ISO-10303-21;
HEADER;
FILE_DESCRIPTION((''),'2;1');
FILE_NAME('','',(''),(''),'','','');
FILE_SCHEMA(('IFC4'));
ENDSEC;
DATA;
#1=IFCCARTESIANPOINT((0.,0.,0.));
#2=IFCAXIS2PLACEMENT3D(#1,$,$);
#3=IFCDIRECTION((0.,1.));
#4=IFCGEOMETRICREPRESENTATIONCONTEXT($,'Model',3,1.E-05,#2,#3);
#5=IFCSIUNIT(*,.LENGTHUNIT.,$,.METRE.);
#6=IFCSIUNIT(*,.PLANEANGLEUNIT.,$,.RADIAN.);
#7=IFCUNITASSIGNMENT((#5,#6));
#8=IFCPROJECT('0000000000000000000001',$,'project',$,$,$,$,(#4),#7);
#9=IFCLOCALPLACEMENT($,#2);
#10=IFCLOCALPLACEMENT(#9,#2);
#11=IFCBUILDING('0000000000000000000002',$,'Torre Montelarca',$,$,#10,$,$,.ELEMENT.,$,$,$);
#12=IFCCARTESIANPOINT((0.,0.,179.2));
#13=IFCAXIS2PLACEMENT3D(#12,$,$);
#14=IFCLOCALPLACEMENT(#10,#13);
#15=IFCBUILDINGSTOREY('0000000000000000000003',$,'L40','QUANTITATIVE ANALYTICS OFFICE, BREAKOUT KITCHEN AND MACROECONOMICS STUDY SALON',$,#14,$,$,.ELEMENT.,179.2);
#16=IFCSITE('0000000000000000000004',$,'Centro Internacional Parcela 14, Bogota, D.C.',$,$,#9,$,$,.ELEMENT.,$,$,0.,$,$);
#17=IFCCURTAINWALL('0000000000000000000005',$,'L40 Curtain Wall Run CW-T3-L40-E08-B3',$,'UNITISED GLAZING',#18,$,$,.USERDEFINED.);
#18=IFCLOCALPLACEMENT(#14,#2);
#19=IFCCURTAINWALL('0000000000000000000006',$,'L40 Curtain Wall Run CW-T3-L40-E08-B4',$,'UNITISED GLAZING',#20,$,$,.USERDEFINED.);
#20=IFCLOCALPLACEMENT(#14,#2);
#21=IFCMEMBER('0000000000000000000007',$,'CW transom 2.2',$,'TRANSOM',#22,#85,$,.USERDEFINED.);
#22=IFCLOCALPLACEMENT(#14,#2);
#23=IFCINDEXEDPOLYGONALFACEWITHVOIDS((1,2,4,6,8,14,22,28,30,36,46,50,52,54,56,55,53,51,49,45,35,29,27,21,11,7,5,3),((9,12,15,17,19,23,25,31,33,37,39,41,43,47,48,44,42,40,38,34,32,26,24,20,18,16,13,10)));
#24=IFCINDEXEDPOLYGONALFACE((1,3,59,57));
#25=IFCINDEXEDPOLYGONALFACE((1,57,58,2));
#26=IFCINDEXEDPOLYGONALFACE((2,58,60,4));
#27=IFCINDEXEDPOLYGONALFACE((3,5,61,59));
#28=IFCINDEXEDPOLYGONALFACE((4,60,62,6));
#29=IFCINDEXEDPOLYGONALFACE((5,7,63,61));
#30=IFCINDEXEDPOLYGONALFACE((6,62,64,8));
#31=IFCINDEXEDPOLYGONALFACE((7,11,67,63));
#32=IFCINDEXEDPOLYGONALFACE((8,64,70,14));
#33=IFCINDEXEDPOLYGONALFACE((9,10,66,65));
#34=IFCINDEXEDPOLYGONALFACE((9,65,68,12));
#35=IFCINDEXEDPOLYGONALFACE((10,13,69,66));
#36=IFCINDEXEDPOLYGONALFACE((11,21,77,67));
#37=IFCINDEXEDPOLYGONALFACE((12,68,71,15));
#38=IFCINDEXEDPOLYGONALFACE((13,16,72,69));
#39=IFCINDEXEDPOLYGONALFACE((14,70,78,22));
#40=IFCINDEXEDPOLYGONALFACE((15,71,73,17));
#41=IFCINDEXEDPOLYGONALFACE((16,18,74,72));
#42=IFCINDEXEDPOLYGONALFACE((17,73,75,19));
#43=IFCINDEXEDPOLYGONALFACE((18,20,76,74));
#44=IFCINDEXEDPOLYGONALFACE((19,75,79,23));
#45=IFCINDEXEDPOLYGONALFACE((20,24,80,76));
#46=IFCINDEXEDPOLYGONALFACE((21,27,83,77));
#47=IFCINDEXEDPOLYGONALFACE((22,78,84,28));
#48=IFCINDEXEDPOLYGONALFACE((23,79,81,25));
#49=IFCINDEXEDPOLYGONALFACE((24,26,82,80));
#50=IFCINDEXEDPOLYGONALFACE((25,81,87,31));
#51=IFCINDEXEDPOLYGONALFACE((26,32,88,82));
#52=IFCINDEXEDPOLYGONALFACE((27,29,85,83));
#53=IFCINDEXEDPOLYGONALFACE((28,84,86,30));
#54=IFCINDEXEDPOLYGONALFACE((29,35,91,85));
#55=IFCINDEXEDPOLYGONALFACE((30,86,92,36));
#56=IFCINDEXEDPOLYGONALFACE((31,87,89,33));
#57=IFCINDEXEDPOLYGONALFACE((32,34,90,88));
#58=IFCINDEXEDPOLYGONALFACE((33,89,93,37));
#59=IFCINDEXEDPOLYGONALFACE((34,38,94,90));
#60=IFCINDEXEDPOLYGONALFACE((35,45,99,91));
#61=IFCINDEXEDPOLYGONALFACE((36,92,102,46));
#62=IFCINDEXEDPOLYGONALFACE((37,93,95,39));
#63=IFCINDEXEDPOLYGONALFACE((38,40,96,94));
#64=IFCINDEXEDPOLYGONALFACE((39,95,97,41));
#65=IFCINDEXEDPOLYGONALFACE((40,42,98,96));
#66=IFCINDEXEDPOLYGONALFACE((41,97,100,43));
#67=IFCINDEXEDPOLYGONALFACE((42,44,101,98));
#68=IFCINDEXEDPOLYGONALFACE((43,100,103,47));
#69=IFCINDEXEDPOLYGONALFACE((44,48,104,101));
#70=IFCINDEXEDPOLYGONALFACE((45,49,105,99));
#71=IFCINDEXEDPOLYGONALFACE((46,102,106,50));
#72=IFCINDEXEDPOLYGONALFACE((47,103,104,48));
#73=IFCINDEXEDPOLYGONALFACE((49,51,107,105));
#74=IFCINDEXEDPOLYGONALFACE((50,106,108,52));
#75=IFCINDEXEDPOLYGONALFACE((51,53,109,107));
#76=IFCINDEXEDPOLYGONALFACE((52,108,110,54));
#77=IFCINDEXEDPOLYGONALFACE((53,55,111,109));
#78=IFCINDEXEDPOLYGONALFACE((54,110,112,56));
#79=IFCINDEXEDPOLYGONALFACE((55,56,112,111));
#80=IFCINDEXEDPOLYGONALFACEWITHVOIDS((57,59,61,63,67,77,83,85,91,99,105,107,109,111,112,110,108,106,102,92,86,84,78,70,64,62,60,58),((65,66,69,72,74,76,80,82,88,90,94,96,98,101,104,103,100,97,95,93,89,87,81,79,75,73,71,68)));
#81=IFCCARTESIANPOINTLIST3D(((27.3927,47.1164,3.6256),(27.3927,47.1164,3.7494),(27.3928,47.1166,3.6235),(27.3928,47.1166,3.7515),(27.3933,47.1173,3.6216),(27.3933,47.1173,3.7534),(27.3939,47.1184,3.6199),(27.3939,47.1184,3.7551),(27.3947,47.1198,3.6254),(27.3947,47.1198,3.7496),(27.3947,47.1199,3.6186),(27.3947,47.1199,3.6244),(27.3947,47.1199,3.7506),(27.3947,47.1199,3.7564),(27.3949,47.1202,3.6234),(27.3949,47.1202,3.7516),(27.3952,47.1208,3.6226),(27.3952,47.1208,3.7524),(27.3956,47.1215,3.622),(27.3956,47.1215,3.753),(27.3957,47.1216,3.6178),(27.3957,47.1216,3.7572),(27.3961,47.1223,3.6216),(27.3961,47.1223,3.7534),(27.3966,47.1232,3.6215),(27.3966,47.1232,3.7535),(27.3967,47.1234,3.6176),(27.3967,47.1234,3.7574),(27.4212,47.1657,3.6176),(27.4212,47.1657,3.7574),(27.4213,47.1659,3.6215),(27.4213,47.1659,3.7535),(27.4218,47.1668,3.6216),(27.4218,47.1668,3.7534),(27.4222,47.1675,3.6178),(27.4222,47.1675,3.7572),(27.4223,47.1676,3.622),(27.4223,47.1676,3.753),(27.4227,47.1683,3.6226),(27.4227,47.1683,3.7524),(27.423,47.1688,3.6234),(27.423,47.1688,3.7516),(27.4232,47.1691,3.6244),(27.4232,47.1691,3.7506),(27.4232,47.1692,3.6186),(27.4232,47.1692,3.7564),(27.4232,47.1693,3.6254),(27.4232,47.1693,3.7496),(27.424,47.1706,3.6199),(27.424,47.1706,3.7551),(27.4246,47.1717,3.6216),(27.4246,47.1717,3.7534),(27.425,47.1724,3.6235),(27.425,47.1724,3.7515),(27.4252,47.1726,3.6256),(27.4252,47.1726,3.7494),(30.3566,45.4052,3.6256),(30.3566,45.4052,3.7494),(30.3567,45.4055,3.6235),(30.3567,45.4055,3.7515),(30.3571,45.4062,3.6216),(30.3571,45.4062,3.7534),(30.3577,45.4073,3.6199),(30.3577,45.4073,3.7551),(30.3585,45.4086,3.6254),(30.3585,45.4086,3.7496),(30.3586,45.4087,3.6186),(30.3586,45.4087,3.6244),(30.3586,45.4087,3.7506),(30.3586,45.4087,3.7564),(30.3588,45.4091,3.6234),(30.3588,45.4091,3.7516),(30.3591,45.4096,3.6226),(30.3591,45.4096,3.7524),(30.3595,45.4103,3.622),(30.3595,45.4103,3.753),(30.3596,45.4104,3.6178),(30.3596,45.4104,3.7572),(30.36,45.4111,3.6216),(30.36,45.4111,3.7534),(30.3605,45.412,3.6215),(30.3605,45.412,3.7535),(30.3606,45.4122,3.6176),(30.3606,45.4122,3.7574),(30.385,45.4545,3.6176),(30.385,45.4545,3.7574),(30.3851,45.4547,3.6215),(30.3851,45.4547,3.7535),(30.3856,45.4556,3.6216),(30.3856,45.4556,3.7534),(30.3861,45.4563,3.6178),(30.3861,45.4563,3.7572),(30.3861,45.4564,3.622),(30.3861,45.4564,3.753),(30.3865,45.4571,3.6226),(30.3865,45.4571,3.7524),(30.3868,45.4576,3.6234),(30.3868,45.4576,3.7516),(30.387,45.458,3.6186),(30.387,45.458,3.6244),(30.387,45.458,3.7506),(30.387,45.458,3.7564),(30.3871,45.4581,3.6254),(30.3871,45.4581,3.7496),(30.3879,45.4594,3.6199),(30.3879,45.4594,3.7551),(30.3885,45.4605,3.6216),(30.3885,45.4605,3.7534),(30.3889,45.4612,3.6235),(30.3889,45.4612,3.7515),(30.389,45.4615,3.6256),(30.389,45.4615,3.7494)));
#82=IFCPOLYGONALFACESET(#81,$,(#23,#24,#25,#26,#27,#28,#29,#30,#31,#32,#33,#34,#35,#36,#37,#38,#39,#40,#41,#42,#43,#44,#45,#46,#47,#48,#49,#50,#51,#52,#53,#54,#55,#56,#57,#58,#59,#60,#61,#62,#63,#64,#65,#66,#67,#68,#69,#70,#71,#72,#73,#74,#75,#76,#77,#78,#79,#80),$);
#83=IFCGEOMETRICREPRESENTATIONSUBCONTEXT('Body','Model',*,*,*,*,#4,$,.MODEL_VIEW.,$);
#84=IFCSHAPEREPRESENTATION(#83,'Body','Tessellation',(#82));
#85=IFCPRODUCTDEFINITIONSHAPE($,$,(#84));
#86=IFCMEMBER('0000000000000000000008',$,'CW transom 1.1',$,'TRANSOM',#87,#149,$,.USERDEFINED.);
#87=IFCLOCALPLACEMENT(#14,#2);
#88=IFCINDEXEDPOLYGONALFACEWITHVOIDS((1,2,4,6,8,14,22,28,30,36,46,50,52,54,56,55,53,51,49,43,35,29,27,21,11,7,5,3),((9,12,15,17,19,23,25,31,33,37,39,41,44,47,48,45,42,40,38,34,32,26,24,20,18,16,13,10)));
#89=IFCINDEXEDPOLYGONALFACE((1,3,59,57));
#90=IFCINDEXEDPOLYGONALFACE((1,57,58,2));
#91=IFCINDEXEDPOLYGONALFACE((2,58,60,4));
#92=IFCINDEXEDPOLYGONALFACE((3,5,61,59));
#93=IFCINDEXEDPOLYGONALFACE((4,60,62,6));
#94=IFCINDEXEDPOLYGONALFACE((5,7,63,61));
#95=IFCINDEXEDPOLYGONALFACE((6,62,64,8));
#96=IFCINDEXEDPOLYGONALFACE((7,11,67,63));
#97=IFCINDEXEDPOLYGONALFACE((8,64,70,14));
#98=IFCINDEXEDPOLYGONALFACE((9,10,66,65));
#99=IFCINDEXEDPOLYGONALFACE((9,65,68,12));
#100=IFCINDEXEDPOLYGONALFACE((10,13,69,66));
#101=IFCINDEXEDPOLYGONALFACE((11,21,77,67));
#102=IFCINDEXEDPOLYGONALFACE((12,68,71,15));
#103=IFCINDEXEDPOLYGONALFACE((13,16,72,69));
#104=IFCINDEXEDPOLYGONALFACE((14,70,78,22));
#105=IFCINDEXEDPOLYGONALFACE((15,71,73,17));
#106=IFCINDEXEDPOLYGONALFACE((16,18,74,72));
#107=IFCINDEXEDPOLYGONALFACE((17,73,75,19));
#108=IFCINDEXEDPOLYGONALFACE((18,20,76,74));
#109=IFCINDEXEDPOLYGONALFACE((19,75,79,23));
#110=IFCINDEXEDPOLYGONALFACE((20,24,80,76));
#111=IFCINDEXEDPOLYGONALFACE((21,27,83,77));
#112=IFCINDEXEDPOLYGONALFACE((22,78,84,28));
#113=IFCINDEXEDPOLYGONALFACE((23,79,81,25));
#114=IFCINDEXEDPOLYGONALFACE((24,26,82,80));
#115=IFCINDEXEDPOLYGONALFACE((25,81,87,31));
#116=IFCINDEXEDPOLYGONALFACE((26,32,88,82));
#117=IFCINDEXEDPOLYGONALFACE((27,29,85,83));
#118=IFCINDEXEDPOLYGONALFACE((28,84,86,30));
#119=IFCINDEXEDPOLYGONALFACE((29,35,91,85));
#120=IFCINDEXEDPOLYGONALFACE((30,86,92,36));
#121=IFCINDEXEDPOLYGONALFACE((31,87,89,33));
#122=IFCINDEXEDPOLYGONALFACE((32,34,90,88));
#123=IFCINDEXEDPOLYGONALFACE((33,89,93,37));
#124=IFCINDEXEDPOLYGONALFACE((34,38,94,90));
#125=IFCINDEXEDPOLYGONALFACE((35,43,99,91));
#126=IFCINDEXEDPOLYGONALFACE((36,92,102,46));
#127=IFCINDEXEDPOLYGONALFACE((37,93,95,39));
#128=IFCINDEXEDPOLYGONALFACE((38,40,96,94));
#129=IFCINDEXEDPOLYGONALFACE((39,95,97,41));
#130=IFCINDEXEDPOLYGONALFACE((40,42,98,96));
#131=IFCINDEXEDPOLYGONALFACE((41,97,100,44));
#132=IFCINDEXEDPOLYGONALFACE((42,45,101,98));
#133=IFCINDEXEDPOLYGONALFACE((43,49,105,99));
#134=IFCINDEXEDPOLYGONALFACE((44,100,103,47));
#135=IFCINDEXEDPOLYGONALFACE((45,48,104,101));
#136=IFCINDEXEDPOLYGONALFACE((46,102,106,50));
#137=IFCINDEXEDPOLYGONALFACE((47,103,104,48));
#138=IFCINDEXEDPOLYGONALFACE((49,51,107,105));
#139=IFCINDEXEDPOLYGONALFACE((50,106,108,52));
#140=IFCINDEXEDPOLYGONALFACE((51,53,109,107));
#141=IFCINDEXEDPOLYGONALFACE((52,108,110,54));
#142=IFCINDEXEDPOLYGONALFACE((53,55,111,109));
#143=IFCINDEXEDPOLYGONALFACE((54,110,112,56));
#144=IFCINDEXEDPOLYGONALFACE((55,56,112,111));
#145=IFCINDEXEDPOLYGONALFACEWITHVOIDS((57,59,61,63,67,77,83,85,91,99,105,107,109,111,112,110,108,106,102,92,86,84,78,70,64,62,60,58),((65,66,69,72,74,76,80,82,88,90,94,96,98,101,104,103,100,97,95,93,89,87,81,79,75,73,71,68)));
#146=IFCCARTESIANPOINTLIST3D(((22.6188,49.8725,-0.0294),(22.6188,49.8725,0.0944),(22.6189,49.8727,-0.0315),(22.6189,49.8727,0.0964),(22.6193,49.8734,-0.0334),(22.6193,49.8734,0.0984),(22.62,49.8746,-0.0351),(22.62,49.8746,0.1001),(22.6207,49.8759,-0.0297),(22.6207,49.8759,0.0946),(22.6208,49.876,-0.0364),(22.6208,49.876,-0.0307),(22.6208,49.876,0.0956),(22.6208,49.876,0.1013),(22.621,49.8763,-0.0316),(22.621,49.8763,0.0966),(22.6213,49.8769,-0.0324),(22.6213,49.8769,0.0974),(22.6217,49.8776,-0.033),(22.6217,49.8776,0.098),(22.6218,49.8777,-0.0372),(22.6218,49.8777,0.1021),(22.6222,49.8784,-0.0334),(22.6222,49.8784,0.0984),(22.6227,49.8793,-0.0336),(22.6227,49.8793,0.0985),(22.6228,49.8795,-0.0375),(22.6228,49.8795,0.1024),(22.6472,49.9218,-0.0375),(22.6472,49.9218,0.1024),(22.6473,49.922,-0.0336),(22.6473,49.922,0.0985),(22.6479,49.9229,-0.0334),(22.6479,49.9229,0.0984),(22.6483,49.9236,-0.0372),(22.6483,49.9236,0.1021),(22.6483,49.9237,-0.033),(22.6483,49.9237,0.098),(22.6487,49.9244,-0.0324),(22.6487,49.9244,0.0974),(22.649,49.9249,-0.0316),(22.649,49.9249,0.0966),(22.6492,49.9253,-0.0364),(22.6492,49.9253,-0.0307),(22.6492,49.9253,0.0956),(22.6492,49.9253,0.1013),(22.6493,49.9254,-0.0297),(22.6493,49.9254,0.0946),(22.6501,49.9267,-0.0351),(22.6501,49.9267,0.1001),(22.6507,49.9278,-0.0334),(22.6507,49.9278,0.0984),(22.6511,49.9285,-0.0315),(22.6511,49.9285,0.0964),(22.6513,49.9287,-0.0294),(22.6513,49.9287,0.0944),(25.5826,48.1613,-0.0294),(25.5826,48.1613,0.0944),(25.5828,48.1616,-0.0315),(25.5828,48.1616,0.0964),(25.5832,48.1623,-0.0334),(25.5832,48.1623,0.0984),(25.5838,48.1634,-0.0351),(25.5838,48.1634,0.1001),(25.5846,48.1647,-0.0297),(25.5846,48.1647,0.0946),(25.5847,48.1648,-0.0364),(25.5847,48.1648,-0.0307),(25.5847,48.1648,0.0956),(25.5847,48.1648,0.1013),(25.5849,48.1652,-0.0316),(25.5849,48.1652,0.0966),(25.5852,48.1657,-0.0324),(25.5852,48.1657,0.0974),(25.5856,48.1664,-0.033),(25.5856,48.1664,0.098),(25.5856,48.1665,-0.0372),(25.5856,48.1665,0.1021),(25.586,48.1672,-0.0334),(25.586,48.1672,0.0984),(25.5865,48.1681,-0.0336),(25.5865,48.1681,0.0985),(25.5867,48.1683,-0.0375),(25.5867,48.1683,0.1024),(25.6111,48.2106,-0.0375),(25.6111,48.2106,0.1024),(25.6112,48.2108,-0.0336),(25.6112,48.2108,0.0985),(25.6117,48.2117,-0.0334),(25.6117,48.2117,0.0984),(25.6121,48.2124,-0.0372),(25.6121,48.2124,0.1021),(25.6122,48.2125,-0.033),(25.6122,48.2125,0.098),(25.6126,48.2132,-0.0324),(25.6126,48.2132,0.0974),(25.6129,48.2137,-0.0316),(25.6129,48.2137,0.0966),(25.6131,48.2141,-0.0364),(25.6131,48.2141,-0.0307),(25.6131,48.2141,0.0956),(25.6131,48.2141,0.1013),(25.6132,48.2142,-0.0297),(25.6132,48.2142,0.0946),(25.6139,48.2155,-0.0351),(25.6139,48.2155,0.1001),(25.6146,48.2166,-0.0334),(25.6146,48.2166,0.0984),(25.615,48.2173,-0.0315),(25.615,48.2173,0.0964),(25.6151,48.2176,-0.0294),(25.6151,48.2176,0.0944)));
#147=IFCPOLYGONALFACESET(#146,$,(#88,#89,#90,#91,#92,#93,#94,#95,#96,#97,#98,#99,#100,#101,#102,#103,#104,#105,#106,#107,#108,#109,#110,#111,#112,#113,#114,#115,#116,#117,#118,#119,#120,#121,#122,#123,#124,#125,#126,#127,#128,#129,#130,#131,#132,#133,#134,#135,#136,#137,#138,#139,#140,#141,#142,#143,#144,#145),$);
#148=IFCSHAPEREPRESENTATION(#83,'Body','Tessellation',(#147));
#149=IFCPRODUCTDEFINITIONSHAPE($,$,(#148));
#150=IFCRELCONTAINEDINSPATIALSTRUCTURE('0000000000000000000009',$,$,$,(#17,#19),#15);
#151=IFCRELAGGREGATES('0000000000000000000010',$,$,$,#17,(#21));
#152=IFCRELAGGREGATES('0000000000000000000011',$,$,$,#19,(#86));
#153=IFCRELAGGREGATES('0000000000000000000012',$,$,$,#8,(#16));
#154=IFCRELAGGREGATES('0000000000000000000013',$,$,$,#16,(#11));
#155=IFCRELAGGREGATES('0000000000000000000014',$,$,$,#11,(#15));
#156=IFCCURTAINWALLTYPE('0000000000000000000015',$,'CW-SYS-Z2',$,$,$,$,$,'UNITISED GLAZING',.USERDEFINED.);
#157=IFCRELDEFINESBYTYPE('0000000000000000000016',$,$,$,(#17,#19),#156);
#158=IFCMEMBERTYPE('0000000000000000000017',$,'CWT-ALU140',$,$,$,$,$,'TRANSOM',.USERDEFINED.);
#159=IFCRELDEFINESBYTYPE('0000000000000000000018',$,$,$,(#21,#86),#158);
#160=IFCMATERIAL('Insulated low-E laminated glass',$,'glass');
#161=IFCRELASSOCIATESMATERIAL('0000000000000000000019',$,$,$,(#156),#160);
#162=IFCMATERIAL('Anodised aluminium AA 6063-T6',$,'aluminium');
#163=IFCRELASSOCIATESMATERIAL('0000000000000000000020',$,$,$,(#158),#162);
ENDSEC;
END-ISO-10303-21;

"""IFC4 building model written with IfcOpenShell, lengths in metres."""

from ifc_helpers import new_model, si_unit, direction, frame, origin, origin_2d, place, context, subcontext, project, spatial, hollow_rectangle, extrude, source, transform, mapped, material, material_profile, profile_set, type_object, element, aggregate, save


model = new_model("IFC4")

# Units and contexts
model_context = context("Model", 3, precision=1e-05, world=origin(), true_north=direction((0.0, 1.0)))
body_context = subcontext(model_context, "Body", "Model", "MODEL_VIEW")
ifc_project = project(units=[si_unit("LENGTHUNIT", "METRE"), si_unit("PLANEANGLEUNIT", "RADIAN")], contexts=[model_context])

# Site, building, storey
site_placement = place(None, origin())
site = spatial("IfcSite", under=ifc_project, at=site_placement, Name="Centro Internacional Parcela 14, Bogota, D.C.", CompositionType="ELEMENT", RefElevation=0.0)
building_placement = place(site_placement, origin())
building = spatial("IfcBuilding", under=site, at=building_placement, Name="Torre Montelarca", CompositionType="ELEMENT")
storey_placement = place(building_placement, frame((0.0, 0.0, 179.2)))
storey = spatial("IfcBuildingStorey", under=building, at=storey_placement, Name="L40", Description="QUANTITATIVE ANALYTICS OFFICE, BREAKOUT KITCHEN AND MACROECONOMICS STUDY SALON", CompositionType="ELEMENT", Elevation=179.2)

# Curtain walls
ifc_material_1 = material(Name="Insulated low-E laminated glass", Category="glass")
curtain_wall_type = type_object("IfcCurtainWallType", Name="CW-SYS-Z2", ElementType="UNITISED GLAZING", PredefinedType="USERDEFINED", material=ifc_material_1)
curtain_wall_1_placement = place(storey_placement, origin())
curtain_wall_1 = element("IfcCurtainWall", 1, at=curtain_wall_1_placement, inside=storey, type_object=curtain_wall_type, Name="L40 Curtain Wall Run CW-T3-L40-E08-B3", ObjectType="UNITISED GLAZING", PredefinedType="USERDEFINED")
ifc_material_2 = material(Name="Anodised aluminium AA 6063-T6", Category="aluminium")
curtain_wall_2_placement = place(storey_placement, origin())
curtain_wall_2 = element("IfcCurtainWall", 2, at=curtain_wall_2_placement, inside=storey, type_object=curtain_wall_type, Name="L40 Curtain Wall Run CW-T3-L40-E08-B4", ObjectType="UNITISED GLAZING", PredefinedType="USERDEFINED")

# Members
ifc_material_profile_1 = material_profile(ifc_material_2, hollow_rectangle(XDim=0.0649, YDim=0.1399, WallThickness=0.0039, InnerFilletRadius=0.0039, OuterFilletRadius=0.0081, at=origin_2d()), Name="ALU65X140X4", Category="aluminium")
ifc_profile_set_1 = profile_set([ifc_material_profile_1], Name="Anodised aluminium AA 6063-T6")
member_type_1 = type_object("IfcMemberType", Name="CWT-ALU140", ElementType="TRANSOM", PredefinedType="USERDEFINED", material=ifc_profile_set_1)
shared_shape_1 = source(origin(), body_context, "Body", "SweptSolid", [
    extrude(hollow_rectangle(XDim=0.0649, YDim=0.1399, WallThickness=0.0039, InnerFilletRadius=0.0039, OuterFilletRadius=0.0081, at=origin_2d()), origin(), (0.0, 0.0, 1.0), 3.4224),
])
member_1_placement = place(storey_placement, frame((30.3728, 45.4333, 3.6875), z_axis=(-0.866026, 0.499998, 0.0), x_axis=(-0.499998, -0.866026, 0.0)))
member_1 = element("IfcMember", 3, at=member_1_placement, type_object=member_type_1, Name="CW transom 2.2", ObjectType="TRANSOM", PredefinedType="USERDEFINED", context=body_context, shape_type="MappedRepresentation", body=[
    mapped(shared_shape_1, transform((0.0, 0.0, 0.0), scale=1.0)),
])
member_2_placement = place(storey_placement, frame((25.5989, 48.1895, 0.0325), z_axis=(-0.866026, 0.499998, 0.0), x_axis=(-0.499998, -0.866026, 0.0)))
member_2 = element("IfcMember", 4, at=member_2_placement, type_object=member_type_1, Name="CW transom 1.1", ObjectType="TRANSOM", PredefinedType="USERDEFINED", context=body_context, shape_type="MappedRepresentation", body=[
    mapped(shared_shape_1, transform((0.0, 0.0, 0.0), scale=1.0)),
])

aggregate(curtain_wall_1, [member_1])
aggregate(curtain_wall_2, [member_2])

save(model, "model.ifc")
